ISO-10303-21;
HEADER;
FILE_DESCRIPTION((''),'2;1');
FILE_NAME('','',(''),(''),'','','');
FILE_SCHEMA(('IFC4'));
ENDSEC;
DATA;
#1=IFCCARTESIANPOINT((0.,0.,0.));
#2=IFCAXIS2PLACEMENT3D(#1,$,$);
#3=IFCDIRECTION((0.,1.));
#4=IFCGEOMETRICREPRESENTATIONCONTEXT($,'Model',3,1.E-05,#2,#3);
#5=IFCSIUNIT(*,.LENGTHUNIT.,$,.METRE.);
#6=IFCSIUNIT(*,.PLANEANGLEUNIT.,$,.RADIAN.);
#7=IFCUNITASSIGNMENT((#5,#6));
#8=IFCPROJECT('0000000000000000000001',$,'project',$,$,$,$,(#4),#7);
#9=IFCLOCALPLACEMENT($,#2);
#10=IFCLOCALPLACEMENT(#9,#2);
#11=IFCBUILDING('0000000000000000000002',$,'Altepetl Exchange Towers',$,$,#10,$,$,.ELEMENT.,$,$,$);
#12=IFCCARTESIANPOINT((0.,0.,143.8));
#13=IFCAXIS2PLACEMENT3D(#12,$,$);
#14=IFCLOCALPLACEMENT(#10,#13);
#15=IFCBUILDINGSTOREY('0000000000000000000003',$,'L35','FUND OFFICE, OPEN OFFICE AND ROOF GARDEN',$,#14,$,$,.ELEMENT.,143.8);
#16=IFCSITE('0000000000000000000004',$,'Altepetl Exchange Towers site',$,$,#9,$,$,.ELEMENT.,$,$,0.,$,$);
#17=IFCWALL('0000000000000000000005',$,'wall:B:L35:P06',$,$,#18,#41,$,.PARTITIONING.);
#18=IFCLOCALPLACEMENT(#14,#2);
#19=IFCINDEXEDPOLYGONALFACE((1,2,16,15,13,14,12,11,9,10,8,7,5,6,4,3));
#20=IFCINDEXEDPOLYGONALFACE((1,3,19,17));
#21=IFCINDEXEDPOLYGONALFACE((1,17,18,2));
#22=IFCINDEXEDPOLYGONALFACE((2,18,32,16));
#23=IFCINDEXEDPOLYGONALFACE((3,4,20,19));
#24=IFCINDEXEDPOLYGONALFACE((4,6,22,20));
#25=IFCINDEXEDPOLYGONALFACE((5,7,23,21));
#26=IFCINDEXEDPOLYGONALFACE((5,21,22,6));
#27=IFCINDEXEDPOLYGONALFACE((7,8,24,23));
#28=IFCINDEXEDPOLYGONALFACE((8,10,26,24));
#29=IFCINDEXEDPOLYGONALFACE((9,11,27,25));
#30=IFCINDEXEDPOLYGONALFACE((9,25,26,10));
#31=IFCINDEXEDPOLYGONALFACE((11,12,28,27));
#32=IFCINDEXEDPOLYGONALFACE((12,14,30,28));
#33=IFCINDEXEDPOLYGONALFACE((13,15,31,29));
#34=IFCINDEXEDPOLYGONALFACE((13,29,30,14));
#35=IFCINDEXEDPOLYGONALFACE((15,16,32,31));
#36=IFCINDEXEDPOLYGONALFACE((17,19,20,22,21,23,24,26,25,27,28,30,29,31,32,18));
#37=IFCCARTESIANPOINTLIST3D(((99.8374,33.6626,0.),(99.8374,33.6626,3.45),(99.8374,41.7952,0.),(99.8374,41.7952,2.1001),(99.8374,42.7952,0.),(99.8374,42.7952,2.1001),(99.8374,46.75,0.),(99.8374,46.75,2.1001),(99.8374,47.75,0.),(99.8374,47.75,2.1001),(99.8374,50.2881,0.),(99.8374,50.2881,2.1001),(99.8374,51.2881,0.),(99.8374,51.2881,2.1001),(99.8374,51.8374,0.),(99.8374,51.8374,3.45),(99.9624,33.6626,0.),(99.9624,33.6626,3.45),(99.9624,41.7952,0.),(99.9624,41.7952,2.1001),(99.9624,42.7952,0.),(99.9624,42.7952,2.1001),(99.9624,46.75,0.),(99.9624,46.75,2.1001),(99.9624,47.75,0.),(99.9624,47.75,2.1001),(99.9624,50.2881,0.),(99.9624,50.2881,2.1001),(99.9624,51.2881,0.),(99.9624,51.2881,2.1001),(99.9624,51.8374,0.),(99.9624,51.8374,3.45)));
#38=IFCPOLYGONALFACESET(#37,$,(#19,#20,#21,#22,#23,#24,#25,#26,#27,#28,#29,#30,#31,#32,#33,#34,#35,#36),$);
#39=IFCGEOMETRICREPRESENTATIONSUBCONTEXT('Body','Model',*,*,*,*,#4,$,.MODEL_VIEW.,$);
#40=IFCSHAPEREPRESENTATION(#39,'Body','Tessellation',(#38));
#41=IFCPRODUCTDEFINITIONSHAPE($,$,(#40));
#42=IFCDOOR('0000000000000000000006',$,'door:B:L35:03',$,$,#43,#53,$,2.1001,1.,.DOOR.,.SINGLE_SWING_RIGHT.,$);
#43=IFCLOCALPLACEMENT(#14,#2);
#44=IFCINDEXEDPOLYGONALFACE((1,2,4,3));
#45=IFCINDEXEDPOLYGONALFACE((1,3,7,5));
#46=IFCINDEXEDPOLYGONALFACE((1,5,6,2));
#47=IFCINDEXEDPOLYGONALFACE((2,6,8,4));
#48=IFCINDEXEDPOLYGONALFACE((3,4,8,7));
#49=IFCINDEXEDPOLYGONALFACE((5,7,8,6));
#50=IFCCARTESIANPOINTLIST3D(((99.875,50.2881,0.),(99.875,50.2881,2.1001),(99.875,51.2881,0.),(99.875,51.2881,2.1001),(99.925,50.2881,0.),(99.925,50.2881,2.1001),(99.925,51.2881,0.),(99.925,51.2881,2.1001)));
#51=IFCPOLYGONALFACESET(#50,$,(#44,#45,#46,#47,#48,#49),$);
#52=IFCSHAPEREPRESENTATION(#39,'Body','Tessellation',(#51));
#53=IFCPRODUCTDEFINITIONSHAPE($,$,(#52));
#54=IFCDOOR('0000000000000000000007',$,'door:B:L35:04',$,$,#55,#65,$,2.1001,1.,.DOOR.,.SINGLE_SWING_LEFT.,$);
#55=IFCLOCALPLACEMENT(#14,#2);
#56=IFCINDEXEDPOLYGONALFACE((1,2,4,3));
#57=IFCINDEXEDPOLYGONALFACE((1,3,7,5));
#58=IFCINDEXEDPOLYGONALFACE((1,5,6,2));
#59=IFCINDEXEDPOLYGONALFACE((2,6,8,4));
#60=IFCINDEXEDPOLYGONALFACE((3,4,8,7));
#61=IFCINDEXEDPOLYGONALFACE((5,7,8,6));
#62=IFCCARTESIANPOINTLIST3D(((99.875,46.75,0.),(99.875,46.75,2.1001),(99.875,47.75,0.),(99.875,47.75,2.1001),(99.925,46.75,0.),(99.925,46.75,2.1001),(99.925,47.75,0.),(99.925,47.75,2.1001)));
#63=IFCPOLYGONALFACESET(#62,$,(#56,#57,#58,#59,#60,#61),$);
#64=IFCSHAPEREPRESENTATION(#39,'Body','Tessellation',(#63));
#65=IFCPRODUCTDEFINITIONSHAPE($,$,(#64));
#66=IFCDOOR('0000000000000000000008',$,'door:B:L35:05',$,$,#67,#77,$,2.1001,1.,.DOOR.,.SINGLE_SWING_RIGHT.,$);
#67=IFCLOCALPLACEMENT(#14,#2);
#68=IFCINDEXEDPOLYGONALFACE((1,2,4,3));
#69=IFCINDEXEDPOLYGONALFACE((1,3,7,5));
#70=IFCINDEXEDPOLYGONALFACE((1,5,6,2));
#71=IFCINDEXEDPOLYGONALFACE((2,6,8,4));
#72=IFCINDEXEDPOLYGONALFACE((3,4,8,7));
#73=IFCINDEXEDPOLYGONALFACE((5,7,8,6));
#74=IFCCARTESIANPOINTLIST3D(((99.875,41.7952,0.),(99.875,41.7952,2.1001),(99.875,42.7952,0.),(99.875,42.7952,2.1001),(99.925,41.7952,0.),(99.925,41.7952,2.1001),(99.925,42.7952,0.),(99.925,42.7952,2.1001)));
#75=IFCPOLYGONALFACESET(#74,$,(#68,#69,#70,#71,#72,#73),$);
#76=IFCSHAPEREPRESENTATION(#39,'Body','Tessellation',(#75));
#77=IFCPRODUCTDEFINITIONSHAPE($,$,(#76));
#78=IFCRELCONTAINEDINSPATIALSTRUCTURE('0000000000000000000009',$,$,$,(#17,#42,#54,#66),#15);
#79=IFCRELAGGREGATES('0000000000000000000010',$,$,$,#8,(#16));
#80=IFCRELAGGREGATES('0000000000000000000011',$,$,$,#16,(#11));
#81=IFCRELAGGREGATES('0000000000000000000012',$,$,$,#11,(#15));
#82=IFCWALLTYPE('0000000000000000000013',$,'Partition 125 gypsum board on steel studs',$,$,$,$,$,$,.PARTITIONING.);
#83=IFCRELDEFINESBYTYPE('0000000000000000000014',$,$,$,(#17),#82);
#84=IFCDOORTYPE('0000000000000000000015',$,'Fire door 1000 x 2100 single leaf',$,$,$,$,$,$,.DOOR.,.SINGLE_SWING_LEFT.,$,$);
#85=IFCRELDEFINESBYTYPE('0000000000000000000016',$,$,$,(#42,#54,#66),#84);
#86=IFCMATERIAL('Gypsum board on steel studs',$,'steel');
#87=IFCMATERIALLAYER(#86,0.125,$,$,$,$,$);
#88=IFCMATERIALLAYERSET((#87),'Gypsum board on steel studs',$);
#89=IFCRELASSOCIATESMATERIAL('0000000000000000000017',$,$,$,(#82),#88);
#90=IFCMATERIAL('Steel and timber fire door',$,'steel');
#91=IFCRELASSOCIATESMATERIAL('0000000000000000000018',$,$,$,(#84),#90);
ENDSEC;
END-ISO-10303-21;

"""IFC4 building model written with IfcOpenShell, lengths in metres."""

from ifc_helpers import new_model, si_unit, direction, frame, frame_2d, origin, place, context, subcontext, project, spatial, rectangle, extrude, material, layer, layer_set, type_object, element, fill, save


model = new_model("IFC4")

# Units and contexts
model_context = context("Model", 3, precision=1e-05, world=origin(), true_north=direction((0.0, 1.0)))
body_context = subcontext(model_context, "Body", "Model", "MODEL_VIEW")
ifc_project = project(units=[si_unit("LENGTHUNIT", "METRE"), si_unit("PLANEANGLEUNIT", "RADIAN")], contexts=[model_context])

# Site, building, storey
site_placement = place(None, origin())
site = spatial("IfcSite", under=ifc_project, at=site_placement, Name="Altepetl Exchange Towers site", CompositionType="ELEMENT", RefElevation=0.0)
building_placement = place(site_placement, origin())
building = spatial("IfcBuilding", under=site, at=building_placement, Name="Altepetl Exchange Towers", CompositionType="ELEMENT")
storey_placement = place(building_placement, frame((0.0, 0.0, 143.8)))
storey = spatial("IfcBuildingStorey", under=building, at=storey_placement, Name="L35", Description="FUND OFFICE, OPEN OFFICE AND ROOF GARDEN", CompositionType="ELEMENT", Elevation=143.8)

# Shared definitions
ifc_material_1 = material(Name="Gypsum board on steel studs", Category="steel")
ifc_layer_1 = layer(ifc_material_1, 0.125)
ifc_layer_set_1 = layer_set([ifc_layer_1], Name="Gypsum board on steel studs")
wall_type_1 = type_object("IfcWallType", Name="Partition 125 gypsum board on steel studs", PredefinedType="PARTITIONING", material=ifc_layer_set_1)
ifc_material_2 = material(Name="Steel and timber fire door", Category="steel")
door_type = type_object("IfcDoorType", Name="Fire door 1000 x 2100 single leaf", OperationType="SINGLE_SWING_LEFT", PredefinedType="DOOR", material=ifc_material_2)

# Wall, openings, doors
wall_1_placement = place(storey_placement, frame((99.8999, 33.6626, 0.0), z_axis=(0.0, 0.0, 1.0), x_axis=(0.0, 1.0, 0.0)))
wall_1 = element("IfcWall", 1, at=wall_1_placement, inside=storey, type_object=wall_type_1, Name="wall:B:L35:P06", PredefinedType="PARTITIONING", context=body_context, shape_type="SweptSolid", body=[
    extrude(rectangle(XDim=18.1748, YDim=0.125, at=frame_2d((9.0874, 0.0))), origin(), (0.0, 0.0, 1.0), 3.45),
])
opening_1_placement = place(wall_1_placement, frame((16.6255, 0.0, 0.0)))
opening_1 = element("IfcOpeningElement", 2, at=opening_1_placement, cuts=wall_1, PredefinedType="OPENING", context=body_context, shape_type="SweptSolid", body=[
    extrude(rectangle(XDim=1.0, YDim=2.1001, at=frame_2d((0.5, 1.05))), frame((0.0, 0.0725, 0.0), z_axis=(0.0, -1.0, 0.0), x_axis=(1.0, 0.0, 0.0)), (0.0, 0.0, 1.0), 0.145),
])
opening_2_placement = place(wall_1_placement, frame((13.0874, 0.0, 0.0)))
opening_2 = element("IfcOpeningElement", 3, at=opening_2_placement, cuts=wall_1, PredefinedType="OPENING", context=body_context, shape_type="SweptSolid", body=[
    extrude(rectangle(XDim=1.0, YDim=2.1001, at=frame_2d((0.5, 1.05))), frame((0.0, 0.0725, 0.0), z_axis=(0.0, -1.0, 0.0), x_axis=(1.0, 0.0, 0.0)), (0.0, 0.0, 1.0), 0.145),
])
opening_3_placement = place(wall_1_placement, frame((8.1326, 0.0, 0.0)))
opening_3 = element("IfcOpeningElement", 4, at=opening_3_placement, cuts=wall_1, PredefinedType="OPENING", context=body_context, shape_type="SweptSolid", body=[
    extrude(rectangle(XDim=1.0, YDim=2.1001, at=frame_2d((0.5, 1.05))), frame((0.0, 0.0725, 0.0), z_axis=(0.0, -1.0, 0.0), x_axis=(1.0, 0.0, 0.0)), (0.0, 0.0, 1.0), 0.145),
])
door_1_placement = place(opening_1_placement, origin())
door_1 = element("IfcDoor", 5, at=door_1_placement, inside=storey, type_object=door_type, Name="door:B:L35:03", OperationType="SINGLE_SWING_RIGHT", OverallHeight=2.1001, OverallWidth=1.0, PredefinedType="DOOR", context=body_context, shape_type="SweptSolid", body=[
    extrude(rectangle(XDim=1.0, YDim=2.1001, at=frame_2d((0.5, 1.05))), frame((0.0, 0.0249, 0.0), z_axis=(0.0, -1.0, 0.0), x_axis=(1.0, 0.0, 0.0)), (0.0, 0.0, 1.0), 0.05),
])
fill(opening_1, door_1)
door_2_placement = place(opening_2_placement, origin())
door_2 = element("IfcDoor", 6, at=door_2_placement, inside=storey, type_object=door_type, Name="door:B:L35:04", OperationType="SINGLE_SWING_LEFT", OverallHeight=2.1001, OverallWidth=1.0, PredefinedType="DOOR", context=body_context, shape_type="SweptSolid", body=[
    extrude(rectangle(XDim=1.0, YDim=2.1001, at=frame_2d((0.5, 1.05))), frame((0.0, 0.0249, 0.0), z_axis=(0.0, -1.0, 0.0), x_axis=(1.0, 0.0, 0.0)), (0.0, 0.0, 1.0), 0.05),
])
fill(opening_2, door_2)
door_3_placement = place(opening_3_placement, origin())
door_3 = element("IfcDoor", 7, at=door_3_placement, inside=storey, type_object=door_type, Name="door:B:L35:05", OperationType="SINGLE_SWING_RIGHT", OverallHeight=2.1001, OverallWidth=1.0, PredefinedType="DOOR", context=body_context, shape_type="SweptSolid", body=[
    extrude(rectangle(XDim=1.0, YDim=2.1001, at=frame_2d((0.5, 1.05))), frame((0.0, 0.0249, 0.0), z_axis=(0.0, -1.0, 0.0), x_axis=(1.0, 0.0, 0.0)), (0.0, 0.0, 1.0), 0.05),
])
fill(opening_3, door_3)

save(model, "model.ifc")
